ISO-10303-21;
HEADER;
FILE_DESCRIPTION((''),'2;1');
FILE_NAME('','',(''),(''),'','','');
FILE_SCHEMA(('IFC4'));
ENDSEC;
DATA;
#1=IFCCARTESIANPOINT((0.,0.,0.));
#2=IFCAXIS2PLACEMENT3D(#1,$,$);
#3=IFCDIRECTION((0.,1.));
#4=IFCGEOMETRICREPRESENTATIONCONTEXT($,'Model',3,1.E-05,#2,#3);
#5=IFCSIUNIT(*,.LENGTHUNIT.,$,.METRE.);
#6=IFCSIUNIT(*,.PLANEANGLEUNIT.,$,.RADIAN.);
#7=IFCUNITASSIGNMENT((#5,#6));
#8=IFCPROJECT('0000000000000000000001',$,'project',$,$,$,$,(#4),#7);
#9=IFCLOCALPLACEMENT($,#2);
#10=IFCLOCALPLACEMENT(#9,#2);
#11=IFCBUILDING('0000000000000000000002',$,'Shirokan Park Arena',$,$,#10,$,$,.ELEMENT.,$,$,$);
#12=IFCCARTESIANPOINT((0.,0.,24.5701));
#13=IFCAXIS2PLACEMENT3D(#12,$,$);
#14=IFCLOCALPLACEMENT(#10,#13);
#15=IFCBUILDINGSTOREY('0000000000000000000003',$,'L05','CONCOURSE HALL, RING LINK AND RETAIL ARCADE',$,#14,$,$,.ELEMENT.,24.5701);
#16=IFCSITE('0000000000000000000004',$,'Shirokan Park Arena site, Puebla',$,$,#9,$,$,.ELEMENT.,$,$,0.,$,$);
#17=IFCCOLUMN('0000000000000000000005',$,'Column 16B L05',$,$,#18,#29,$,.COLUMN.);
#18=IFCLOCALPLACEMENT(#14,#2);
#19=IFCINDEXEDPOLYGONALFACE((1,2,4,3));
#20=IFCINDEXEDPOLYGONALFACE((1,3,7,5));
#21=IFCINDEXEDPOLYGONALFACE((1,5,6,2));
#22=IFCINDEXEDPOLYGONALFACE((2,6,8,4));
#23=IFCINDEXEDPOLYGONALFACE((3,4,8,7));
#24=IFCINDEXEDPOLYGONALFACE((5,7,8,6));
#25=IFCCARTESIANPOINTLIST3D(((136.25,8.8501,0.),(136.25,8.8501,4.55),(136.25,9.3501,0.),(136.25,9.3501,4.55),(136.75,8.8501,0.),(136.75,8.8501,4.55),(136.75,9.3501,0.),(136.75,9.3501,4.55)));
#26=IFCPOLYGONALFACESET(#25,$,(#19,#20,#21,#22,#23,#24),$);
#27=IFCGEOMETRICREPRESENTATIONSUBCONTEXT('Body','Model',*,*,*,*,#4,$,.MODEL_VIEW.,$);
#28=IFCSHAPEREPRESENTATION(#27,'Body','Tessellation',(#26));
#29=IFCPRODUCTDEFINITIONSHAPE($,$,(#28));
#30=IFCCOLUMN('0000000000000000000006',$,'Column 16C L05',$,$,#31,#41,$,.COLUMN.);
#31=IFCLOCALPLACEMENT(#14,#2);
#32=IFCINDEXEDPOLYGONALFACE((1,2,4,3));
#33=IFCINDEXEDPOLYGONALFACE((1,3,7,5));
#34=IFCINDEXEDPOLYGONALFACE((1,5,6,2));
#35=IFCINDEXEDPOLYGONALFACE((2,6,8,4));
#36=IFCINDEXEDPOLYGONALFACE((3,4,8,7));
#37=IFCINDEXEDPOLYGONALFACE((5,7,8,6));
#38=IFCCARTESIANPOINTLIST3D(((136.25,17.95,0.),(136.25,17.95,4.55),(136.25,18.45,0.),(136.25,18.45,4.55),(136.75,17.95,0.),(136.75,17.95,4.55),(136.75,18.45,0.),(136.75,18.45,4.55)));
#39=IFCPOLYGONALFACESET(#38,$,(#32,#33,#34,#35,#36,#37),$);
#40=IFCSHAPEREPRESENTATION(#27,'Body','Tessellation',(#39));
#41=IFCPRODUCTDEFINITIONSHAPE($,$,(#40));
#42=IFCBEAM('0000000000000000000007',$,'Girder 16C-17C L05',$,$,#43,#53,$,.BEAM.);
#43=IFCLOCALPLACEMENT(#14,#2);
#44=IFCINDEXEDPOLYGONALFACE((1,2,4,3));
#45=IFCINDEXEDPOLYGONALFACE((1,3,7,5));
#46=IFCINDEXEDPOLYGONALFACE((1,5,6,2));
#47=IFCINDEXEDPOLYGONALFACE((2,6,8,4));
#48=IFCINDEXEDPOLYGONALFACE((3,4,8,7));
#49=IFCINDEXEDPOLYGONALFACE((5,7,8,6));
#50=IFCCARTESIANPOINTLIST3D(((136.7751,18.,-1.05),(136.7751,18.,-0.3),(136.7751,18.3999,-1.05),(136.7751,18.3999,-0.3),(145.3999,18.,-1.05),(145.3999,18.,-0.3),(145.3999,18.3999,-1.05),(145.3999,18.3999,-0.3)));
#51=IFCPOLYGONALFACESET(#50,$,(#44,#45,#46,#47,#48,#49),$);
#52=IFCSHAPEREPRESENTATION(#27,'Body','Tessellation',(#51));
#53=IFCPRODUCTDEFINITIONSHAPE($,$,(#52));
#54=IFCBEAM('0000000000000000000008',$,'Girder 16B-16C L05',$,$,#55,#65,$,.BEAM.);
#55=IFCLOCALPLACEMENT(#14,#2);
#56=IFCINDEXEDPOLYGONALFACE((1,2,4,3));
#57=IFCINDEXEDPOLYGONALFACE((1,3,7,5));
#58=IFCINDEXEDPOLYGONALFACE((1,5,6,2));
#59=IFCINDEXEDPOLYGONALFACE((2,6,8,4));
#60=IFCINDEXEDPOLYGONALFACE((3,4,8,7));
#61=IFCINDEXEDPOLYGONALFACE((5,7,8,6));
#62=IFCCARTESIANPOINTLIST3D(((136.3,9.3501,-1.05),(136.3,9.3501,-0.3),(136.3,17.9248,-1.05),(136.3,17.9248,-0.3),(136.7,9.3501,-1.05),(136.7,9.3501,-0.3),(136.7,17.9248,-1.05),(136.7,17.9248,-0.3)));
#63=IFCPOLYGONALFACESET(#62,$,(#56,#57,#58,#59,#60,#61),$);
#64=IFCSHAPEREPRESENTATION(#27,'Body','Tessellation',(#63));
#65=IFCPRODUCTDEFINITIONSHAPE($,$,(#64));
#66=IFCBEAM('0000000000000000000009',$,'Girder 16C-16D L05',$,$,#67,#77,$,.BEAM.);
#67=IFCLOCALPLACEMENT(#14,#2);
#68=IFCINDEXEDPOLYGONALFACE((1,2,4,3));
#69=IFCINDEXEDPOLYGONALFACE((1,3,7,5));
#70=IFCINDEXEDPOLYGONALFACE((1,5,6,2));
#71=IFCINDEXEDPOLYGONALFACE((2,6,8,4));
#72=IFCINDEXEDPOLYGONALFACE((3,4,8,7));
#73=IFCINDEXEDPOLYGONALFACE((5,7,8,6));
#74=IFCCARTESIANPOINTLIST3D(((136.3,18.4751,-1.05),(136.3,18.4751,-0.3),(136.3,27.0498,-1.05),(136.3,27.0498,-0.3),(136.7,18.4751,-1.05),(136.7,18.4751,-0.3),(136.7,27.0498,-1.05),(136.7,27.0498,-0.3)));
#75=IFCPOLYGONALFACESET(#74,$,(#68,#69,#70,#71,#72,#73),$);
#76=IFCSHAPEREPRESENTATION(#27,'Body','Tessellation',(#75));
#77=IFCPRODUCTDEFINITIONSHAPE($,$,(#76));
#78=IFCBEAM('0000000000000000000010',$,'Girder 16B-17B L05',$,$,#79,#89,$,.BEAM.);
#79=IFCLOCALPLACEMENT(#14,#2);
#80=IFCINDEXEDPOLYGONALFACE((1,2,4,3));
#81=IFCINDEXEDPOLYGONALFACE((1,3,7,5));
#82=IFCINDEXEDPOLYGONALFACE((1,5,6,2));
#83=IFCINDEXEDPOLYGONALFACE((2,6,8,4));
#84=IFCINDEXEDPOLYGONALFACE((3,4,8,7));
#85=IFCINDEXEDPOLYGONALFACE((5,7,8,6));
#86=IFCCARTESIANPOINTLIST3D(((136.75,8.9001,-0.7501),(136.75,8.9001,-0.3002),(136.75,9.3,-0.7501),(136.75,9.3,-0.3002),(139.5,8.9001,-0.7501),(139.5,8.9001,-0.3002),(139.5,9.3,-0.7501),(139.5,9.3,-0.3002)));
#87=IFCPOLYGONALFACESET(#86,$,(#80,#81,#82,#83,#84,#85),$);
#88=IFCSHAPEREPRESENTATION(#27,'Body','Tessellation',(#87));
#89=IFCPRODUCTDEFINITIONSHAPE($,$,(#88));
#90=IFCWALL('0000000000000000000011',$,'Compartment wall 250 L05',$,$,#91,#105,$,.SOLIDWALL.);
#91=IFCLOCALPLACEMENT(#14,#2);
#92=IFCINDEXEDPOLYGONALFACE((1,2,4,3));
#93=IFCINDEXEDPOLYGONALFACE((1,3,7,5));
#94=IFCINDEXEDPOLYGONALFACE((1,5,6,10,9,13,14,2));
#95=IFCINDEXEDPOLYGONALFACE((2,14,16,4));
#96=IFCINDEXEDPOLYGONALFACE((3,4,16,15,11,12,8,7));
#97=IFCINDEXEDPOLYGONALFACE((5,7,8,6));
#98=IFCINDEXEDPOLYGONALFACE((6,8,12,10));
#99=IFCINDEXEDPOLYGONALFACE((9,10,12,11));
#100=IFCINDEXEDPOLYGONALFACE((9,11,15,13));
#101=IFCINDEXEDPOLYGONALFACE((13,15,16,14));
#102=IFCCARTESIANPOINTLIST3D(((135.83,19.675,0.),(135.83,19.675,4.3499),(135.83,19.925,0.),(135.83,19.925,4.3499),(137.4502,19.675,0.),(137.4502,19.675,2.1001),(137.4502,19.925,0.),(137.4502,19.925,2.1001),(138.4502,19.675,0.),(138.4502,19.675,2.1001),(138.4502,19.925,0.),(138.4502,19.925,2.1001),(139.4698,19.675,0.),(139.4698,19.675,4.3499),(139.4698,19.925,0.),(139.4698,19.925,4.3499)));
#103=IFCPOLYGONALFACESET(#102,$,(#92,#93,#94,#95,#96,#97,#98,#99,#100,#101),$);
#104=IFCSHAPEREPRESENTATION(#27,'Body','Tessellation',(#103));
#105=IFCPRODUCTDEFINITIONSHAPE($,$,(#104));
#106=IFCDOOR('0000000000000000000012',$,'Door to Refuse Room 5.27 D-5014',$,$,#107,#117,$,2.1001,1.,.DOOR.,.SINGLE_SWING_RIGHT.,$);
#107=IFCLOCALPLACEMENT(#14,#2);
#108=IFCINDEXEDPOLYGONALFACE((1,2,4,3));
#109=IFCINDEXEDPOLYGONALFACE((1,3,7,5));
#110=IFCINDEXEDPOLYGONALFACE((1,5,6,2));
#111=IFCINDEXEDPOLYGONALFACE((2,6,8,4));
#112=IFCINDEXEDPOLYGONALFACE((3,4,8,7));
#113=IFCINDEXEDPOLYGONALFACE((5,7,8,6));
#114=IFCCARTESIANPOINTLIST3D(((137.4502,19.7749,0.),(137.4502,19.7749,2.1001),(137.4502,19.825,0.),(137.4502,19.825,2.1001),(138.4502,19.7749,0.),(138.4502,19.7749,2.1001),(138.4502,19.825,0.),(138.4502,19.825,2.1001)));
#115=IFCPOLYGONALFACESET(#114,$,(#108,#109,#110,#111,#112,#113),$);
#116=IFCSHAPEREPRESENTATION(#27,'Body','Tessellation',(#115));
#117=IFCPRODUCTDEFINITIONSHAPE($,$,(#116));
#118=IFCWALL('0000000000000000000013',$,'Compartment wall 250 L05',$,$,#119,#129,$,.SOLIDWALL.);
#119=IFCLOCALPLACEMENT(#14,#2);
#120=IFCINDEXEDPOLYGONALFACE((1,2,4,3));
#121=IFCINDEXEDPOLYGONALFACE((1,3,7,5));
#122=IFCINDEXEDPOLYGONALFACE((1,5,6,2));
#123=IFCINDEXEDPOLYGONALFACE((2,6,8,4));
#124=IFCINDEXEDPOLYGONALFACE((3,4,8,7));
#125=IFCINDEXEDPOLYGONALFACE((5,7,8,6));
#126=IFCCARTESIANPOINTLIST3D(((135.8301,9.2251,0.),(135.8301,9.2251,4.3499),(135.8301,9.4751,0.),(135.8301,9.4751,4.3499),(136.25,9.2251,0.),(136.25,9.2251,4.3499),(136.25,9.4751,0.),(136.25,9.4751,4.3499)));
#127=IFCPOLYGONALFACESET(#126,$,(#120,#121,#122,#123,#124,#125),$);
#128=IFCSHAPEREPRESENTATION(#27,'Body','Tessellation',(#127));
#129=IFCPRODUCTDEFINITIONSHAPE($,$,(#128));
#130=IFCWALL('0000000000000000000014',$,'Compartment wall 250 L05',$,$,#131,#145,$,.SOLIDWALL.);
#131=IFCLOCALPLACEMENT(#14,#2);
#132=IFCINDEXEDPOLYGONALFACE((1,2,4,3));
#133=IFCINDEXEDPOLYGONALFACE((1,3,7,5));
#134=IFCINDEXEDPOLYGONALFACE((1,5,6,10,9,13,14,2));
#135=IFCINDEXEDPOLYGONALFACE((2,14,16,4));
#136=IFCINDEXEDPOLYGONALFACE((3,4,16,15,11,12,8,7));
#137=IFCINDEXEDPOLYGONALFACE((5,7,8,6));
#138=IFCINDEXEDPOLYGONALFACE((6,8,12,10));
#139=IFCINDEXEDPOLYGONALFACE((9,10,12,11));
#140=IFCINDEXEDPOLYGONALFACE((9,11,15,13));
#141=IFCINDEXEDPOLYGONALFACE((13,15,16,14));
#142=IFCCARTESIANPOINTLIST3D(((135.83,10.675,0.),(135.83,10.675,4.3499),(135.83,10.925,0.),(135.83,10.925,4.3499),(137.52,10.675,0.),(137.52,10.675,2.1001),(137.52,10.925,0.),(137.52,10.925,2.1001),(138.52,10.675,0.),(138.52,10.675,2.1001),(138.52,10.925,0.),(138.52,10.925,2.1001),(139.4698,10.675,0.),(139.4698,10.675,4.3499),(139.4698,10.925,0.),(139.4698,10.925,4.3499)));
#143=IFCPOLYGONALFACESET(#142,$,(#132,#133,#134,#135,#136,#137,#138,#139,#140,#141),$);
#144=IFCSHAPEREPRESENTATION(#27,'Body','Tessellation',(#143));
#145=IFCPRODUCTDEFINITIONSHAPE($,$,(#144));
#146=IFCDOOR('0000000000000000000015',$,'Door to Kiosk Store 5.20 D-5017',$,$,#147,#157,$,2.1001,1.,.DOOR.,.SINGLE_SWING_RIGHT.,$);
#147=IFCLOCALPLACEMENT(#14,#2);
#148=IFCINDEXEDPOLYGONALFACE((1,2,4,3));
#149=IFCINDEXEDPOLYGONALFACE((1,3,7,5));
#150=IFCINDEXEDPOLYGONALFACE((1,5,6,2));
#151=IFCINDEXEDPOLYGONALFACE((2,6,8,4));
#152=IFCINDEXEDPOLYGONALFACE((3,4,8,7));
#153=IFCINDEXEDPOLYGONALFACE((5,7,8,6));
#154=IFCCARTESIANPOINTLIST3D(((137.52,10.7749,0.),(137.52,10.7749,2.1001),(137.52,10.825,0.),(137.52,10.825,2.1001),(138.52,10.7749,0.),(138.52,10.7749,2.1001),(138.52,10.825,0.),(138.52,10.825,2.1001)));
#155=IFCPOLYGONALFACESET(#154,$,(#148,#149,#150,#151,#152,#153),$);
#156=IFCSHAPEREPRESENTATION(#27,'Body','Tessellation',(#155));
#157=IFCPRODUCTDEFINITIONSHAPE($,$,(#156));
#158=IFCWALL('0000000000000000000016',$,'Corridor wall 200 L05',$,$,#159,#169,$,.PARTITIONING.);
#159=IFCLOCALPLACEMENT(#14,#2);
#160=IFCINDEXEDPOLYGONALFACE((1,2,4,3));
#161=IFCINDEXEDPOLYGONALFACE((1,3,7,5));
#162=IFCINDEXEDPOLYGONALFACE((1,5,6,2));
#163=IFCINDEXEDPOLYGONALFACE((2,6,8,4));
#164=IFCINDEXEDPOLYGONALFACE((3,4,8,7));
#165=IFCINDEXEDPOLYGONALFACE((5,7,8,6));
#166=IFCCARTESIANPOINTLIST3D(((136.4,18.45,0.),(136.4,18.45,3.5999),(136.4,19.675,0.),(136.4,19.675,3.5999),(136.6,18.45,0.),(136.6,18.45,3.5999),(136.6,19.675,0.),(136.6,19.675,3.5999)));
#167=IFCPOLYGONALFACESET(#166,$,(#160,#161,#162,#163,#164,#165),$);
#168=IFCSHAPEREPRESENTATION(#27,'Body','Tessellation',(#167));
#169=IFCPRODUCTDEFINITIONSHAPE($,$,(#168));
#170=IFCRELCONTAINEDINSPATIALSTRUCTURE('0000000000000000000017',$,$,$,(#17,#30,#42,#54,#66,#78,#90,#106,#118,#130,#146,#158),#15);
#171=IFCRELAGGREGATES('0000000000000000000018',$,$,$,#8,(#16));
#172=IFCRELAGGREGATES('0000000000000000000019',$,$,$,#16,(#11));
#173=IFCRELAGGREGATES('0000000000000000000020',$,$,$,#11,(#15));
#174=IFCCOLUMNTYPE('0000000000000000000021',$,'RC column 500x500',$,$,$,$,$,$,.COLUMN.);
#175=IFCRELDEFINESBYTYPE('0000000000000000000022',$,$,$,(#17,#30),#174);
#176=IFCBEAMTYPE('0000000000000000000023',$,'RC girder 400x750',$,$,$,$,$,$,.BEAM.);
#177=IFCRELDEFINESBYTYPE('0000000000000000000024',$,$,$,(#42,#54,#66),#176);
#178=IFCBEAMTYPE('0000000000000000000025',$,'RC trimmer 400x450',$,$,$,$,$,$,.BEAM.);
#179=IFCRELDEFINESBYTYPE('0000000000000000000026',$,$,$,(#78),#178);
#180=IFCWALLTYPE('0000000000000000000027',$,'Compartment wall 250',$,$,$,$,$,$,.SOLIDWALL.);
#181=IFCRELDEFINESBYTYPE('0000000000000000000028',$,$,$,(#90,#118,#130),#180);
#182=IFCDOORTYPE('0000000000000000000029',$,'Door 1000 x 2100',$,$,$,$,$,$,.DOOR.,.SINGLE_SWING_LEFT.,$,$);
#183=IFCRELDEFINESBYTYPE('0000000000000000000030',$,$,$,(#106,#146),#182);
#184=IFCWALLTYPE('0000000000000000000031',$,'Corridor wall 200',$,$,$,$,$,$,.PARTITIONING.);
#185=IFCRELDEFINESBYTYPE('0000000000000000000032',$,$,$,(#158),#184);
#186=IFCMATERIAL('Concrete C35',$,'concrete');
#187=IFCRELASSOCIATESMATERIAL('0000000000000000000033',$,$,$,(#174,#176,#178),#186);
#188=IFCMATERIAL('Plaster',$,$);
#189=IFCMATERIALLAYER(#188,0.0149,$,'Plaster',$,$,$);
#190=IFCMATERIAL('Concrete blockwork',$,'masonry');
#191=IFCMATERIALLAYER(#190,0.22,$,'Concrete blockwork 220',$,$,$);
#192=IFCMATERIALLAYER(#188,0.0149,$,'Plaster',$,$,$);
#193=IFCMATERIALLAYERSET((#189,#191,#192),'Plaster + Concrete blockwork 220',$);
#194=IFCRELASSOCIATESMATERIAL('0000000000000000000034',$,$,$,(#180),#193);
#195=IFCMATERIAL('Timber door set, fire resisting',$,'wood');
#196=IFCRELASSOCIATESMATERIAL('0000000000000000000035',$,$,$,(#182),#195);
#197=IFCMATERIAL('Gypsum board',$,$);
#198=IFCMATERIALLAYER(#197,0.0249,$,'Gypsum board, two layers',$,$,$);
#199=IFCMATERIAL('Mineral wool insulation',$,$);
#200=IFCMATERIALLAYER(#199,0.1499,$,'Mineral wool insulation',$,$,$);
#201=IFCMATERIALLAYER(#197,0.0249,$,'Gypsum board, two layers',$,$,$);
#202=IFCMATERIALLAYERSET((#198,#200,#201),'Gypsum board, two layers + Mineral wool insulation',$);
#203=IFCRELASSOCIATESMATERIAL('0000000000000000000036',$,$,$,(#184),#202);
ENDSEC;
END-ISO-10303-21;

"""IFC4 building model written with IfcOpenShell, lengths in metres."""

from ifc_helpers import new_model, si_unit, direction, frame, frame_2d, origin, origin_2d, place, context, subcontext, project, spatial, rectangle, extrude, material, layer, layer_set, material_profile, profile_set, type_object, element, fill, save


model = new_model("IFC4")

# Units and contexts
model_context = context("Model", 3, precision=1e-05, world=origin(), true_north=direction((0.0, 1.0)))
body_context = subcontext(model_context, "Body", "Model", "MODEL_VIEW")
ifc_project = project(units=[si_unit("LENGTHUNIT", "METRE"), si_unit("PLANEANGLEUNIT", "RADIAN")], contexts=[model_context])

# Site, building, storey
site_placement = place(None, origin())
site = spatial("IfcSite", under=ifc_project, at=site_placement, Name="Shirokan Park Arena site, Puebla", CompositionType="ELEMENT", RefElevation=0.0)
building_placement = place(site_placement, origin())
building = spatial("IfcBuilding", under=site, at=building_placement, Name="Shirokan Park Arena", CompositionType="ELEMENT")
storey_placement = place(building_placement, frame((0.0, 0.0, 24.5701)))
storey = spatial("IfcBuildingStorey", under=building, at=storey_placement, Name="L05", Description="CONCOURSE HALL, RING LINK AND RETAIL ARCADE", CompositionType="ELEMENT", Elevation=24.5701)

# Columns
ifc_material_1 = material(Name="Concrete C35", Category="concrete")
ifc_material_profile_1 = material_profile(ifc_material_1, rectangle(XDim=0.5, YDim=0.5, at=origin_2d()), Name="500x500")
ifc_profile_set_1 = profile_set([ifc_material_profile_1], Name="Concrete C35")
column_type = type_object("IfcColumnType", Name="RC column 500x500", PredefinedType="COLUMN", material=ifc_profile_set_1)
for number, where, z_axis, x_axis, name in (
    (1, (136.5, 9.1001, 0.0), (0.0, 0.0, 1.0), (1.0, 0.0, 0.0), "Column 16B L05"),
    (2, (136.5, 18.2, 0.0), (0.0, 0.0, 1.0), (1.0, 0.0, 0.0), "Column 16C L05"),
):
    element("IfcColumn", number, at=place(storey_placement, frame(where, z_axis=z_axis, x_axis=x_axis)), inside=storey, type_object=column_type, Name=name, PredefinedType="COLUMN", context=body_context, shape_type="SweptSolid", body=[
        extrude(rectangle(XDim=0.5, YDim=0.5, at=origin_2d()), origin(), (0.0, 0.0, 1.0), 4.55),
    ])

# Beams
ifc_material_profile_2 = material_profile(ifc_material_1, rectangle(XDim=0.3999, YDim=0.75, at=origin_2d()), Name="400x750")
ifc_profile_set_2 = profile_set([ifc_material_profile_2], Name="Concrete C35")
beam_type_1 = type_object("IfcBeamType", Name="RC girder 400x750", PredefinedType="BEAM", material=ifc_profile_set_2)
beam_1_placement = place(storey_placement, frame((136.7751, 18.2, -0.675), z_axis=(1.0, 0.0, 0.0), x_axis=(0.0, 1.0, 0.0)))
element("IfcBeam", 3, at=beam_1_placement, inside=storey, type_object=beam_type_1, Name="Girder 16C-17C L05", PredefinedType="BEAM", context=body_context, shape_type="SweptSolid", body=[
    extrude(rectangle(XDim=0.3999, YDim=0.75, at=origin_2d()), origin(), (0.0, 0.0, 1.0), 8.6248),
])
for number, where, z_axis, x_axis, name in (
    (4, (136.5, 9.3501, -0.675), (0.0, 1.0, 0.0), (-1.0, 0.0, 0.0), "Girder 16B-16C L05"),
    (5, (136.5, 18.4751, -0.675), (0.0, 1.0, 0.0), (-1.0, 0.0, 0.0), "Girder 16C-16D L05"),
):
    element("IfcBeam", number, at=place(storey_placement, frame(where, z_axis=z_axis, x_axis=x_axis)), inside=storey, type_object=beam_type_1, Name=name, PredefinedType="BEAM", context=body_context, shape_type="SweptSolid", body=[
        extrude(rectangle(XDim=0.3999, YDim=0.75, at=origin_2d()), origin(), (0.0, 0.0, 1.0), 8.5747),
    ])
ifc_material_profile_3 = material_profile(ifc_material_1, rectangle(XDim=0.3999, YDim=0.45, at=origin_2d()), Name="400x450")
ifc_profile_set_3 = profile_set([ifc_material_profile_3], Name="Concrete C35")
beam_type_2 = type_object("IfcBeamType", Name="RC trimmer 400x450", PredefinedType="BEAM", material=ifc_profile_set_3)
beam_2_placement = place(storey_placement, frame((136.75, 9.1001, -0.5251), z_axis=(1.0, 0.0, 0.0), x_axis=(0.0, 1.0, 0.0)))
element("IfcBeam", 6, at=beam_2_placement, inside=storey, type_object=beam_type_2, Name="Girder 16B-17B L05", PredefinedType="BEAM", context=body_context, shape_type="SweptSolid", body=[
    extrude(rectangle(XDim=0.3999, YDim=0.45, at=origin_2d()), origin(), (0.0, 0.0, 1.0), 2.75),
])

# Wall, opening, door
ifc_material_2 = material(Name="Plaster")
ifc_layer_1 = layer(ifc_material_2, 0.0149, Name="Plaster")
ifc_material_3 = material(Name="Concrete blockwork", Category="masonry")
ifc_layer_2 = layer(ifc_material_3, 0.22, Name="Concrete blockwork 220")
ifc_layer_3 = layer(ifc_material_2, 0.0149, Name="Plaster")
ifc_layer_set_1 = layer_set([ifc_layer_1, ifc_layer_2, ifc_layer_3], Name="Plaster + Concrete blockwork 220")
wall_type_1 = type_object("IfcWallType", Name="Compartment wall 250", PredefinedType="SOLIDWALL", material=ifc_layer_set_1)
wall_1_placement = place(storey_placement, frame((135.8301, 19.8, 0.0), z_axis=(0.0, 0.0, 1.0), x_axis=(1.0, 0.0, 0.0)))
wall_1 = element("IfcWall", 7, at=wall_1_placement, inside=storey, type_object=wall_type_1, Name="Compartment wall 250 L05", PredefinedType="SOLIDWALL", context=body_context, shape_type="SweptSolid", body=[
    extrude(rectangle(XDim=3.6399, YDim=0.25, at=frame_2d((1.8198, 0.0))), origin(), (0.0, 0.0, 1.0), 4.3499),
])
opening_1_placement = place(wall_1_placement, frame((1.6201, 0.0, 0.0)))
opening_1 = element("IfcOpeningElement", 8, at=opening_1_placement, cuts=wall_1, PredefinedType="OPENING", context=body_context, shape_type="SweptSolid", body=[
    extrude(rectangle(XDim=1.0, YDim=2.1001, at=frame_2d((0.5, 1.05))), frame((0.0, 0.135, 0.0), z_axis=(0.0, -1.0, 0.0), x_axis=(1.0, 0.0, 0.0)), (0.0, 0.0, 1.0), 0.27),
])
ifc_material_4 = material(Name="Timber door set, fire resisting", Category="wood")
door_type_1 = type_object("IfcDoorType", Name="Door 1000 x 2100", OperationType="SINGLE_SWING_LEFT", PredefinedType="DOOR", material=ifc_material_4)
door_1_placement = place(opening_1_placement, origin())
door_1 = element("IfcDoor", 9, at=door_1_placement, inside=storey, type_object=door_type_1, Name="Door to Refuse Room 5.27 D-5014", OperationType="SINGLE_SWING_RIGHT", OverallHeight=2.1001, OverallWidth=1.0, PredefinedType="DOOR", context=body_context, shape_type="SweptSolid", body=[
    extrude(rectangle(XDim=1.0, YDim=2.1001, at=frame_2d((0.5, 1.05))), frame((0.0, 0.0249, 0.0), z_axis=(0.0, -1.0, 0.0), x_axis=(1.0, 0.0, 0.0)), (0.0, 0.0, 1.0), 0.05),
])
fill(opening_1, door_1)

# Wall
wall_2_placement = place(storey_placement, frame((136.25, 9.3501, 0.0), z_axis=(0.0, 0.0, 1.0), x_axis=(-1.0, 0.0, 0.0)))
element("IfcWall", 10, at=wall_2_placement, inside=storey, type_object=wall_type_1, Name="Compartment wall 250 L05", PredefinedType="SOLIDWALL", context=body_context, shape_type="SweptSolid", body=[
    extrude(rectangle(XDim=0.4199, YDim=0.25, at=frame_2d((0.21, 0.0))), origin(), (0.0, 0.0, 1.0), 4.3499),
])

# Wall, opening, door
wall_3_placement = place(storey_placement, frame((135.8301, 10.8, 0.0), z_axis=(0.0, 0.0, 1.0), x_axis=(1.0, 0.0, 0.0)))
wall_3 = element("IfcWall", 11, at=wall_3_placement, inside=storey, type_object=wall_type_1, Name="Compartment wall 250 L05", PredefinedType="SOLIDWALL", context=body_context, shape_type="SweptSolid", body=[
    extrude(rectangle(XDim=3.6399, YDim=0.25, at=frame_2d((1.8198, 0.0))), origin(), (0.0, 0.0, 1.0), 4.3499),
])
opening_2_placement = place(wall_3_placement, frame((1.6899, 0.0, 0.0)))
opening_2 = element("IfcOpeningElement", 12, at=opening_2_placement, cuts=wall_3, PredefinedType="OPENING", context=body_context, shape_type="SweptSolid", body=[
    extrude(rectangle(XDim=1.0, YDim=2.1001, at=frame_2d((0.5, 1.05))), frame((0.0, 0.135, 0.0), z_axis=(0.0, -1.0, 0.0), x_axis=(1.0, 0.0, 0.0)), (0.0, 0.0, 1.0), 0.27),
])
door_2_placement = place(opening_2_placement, origin())
door_2 = element("IfcDoor", 13, at=door_2_placement, inside=storey, type_object=door_type_1, Name="Door to Kiosk Store 5.20 D-5017", OperationType="SINGLE_SWING_RIGHT", OverallHeight=2.1001, OverallWidth=1.0, PredefinedType="DOOR", context=body_context, shape_type="SweptSolid", body=[
    extrude(rectangle(XDim=1.0, YDim=2.1001, at=frame_2d((0.5, 1.05))), frame((0.0, 0.0249, 0.0), z_axis=(0.0, -1.0, 0.0), x_axis=(1.0, 0.0, 0.0)), (0.0, 0.0, 1.0), 0.05),
])
fill(opening_2, door_2)

# Shared definitions
ifc_material_5 = material(Name="Gypsum board")
ifc_layer_4 = layer(ifc_material_5, 0.0249, Name="Gypsum board, two layers")
ifc_material_6 = material(Name="Mineral wool insulation")
ifc_layer_5 = layer(ifc_material_6, 0.1499, Name="Mineral wool insulation")
ifc_layer_6 = layer(ifc_material_5, 0.0249, Name="Gypsum board, two layers")
ifc_layer_set_2 = layer_set([ifc_layer_4, ifc_layer_5, ifc_layer_6], Name="Gypsum board, two layers + Mineral wool insulation")
wall_type_2 = type_object("IfcWallType", Name="Corridor wall 200", PredefinedType="PARTITIONING", material=ifc_layer_set_2)

# Wall
wall_4_placement = place(storey_placement, frame((136.5, 18.45, 0.0), z_axis=(0.0, 0.0, 1.0), x_axis=(0.0, 1.0, 0.0)))
element("IfcWall", 14, at=wall_4_placement, inside=storey, type_object=wall_type_2, Name="Corridor wall 200 L05", PredefinedType="PARTITIONING", context=body_context, shape_type="SweptSolid", body=[
    extrude(rectangle(XDim=1.2251, YDim=0.2, at=frame_2d((0.6125, 0.0))), origin(), (0.0, 0.0, 1.0), 3.5999),
])

save(model, "model.ifc")
